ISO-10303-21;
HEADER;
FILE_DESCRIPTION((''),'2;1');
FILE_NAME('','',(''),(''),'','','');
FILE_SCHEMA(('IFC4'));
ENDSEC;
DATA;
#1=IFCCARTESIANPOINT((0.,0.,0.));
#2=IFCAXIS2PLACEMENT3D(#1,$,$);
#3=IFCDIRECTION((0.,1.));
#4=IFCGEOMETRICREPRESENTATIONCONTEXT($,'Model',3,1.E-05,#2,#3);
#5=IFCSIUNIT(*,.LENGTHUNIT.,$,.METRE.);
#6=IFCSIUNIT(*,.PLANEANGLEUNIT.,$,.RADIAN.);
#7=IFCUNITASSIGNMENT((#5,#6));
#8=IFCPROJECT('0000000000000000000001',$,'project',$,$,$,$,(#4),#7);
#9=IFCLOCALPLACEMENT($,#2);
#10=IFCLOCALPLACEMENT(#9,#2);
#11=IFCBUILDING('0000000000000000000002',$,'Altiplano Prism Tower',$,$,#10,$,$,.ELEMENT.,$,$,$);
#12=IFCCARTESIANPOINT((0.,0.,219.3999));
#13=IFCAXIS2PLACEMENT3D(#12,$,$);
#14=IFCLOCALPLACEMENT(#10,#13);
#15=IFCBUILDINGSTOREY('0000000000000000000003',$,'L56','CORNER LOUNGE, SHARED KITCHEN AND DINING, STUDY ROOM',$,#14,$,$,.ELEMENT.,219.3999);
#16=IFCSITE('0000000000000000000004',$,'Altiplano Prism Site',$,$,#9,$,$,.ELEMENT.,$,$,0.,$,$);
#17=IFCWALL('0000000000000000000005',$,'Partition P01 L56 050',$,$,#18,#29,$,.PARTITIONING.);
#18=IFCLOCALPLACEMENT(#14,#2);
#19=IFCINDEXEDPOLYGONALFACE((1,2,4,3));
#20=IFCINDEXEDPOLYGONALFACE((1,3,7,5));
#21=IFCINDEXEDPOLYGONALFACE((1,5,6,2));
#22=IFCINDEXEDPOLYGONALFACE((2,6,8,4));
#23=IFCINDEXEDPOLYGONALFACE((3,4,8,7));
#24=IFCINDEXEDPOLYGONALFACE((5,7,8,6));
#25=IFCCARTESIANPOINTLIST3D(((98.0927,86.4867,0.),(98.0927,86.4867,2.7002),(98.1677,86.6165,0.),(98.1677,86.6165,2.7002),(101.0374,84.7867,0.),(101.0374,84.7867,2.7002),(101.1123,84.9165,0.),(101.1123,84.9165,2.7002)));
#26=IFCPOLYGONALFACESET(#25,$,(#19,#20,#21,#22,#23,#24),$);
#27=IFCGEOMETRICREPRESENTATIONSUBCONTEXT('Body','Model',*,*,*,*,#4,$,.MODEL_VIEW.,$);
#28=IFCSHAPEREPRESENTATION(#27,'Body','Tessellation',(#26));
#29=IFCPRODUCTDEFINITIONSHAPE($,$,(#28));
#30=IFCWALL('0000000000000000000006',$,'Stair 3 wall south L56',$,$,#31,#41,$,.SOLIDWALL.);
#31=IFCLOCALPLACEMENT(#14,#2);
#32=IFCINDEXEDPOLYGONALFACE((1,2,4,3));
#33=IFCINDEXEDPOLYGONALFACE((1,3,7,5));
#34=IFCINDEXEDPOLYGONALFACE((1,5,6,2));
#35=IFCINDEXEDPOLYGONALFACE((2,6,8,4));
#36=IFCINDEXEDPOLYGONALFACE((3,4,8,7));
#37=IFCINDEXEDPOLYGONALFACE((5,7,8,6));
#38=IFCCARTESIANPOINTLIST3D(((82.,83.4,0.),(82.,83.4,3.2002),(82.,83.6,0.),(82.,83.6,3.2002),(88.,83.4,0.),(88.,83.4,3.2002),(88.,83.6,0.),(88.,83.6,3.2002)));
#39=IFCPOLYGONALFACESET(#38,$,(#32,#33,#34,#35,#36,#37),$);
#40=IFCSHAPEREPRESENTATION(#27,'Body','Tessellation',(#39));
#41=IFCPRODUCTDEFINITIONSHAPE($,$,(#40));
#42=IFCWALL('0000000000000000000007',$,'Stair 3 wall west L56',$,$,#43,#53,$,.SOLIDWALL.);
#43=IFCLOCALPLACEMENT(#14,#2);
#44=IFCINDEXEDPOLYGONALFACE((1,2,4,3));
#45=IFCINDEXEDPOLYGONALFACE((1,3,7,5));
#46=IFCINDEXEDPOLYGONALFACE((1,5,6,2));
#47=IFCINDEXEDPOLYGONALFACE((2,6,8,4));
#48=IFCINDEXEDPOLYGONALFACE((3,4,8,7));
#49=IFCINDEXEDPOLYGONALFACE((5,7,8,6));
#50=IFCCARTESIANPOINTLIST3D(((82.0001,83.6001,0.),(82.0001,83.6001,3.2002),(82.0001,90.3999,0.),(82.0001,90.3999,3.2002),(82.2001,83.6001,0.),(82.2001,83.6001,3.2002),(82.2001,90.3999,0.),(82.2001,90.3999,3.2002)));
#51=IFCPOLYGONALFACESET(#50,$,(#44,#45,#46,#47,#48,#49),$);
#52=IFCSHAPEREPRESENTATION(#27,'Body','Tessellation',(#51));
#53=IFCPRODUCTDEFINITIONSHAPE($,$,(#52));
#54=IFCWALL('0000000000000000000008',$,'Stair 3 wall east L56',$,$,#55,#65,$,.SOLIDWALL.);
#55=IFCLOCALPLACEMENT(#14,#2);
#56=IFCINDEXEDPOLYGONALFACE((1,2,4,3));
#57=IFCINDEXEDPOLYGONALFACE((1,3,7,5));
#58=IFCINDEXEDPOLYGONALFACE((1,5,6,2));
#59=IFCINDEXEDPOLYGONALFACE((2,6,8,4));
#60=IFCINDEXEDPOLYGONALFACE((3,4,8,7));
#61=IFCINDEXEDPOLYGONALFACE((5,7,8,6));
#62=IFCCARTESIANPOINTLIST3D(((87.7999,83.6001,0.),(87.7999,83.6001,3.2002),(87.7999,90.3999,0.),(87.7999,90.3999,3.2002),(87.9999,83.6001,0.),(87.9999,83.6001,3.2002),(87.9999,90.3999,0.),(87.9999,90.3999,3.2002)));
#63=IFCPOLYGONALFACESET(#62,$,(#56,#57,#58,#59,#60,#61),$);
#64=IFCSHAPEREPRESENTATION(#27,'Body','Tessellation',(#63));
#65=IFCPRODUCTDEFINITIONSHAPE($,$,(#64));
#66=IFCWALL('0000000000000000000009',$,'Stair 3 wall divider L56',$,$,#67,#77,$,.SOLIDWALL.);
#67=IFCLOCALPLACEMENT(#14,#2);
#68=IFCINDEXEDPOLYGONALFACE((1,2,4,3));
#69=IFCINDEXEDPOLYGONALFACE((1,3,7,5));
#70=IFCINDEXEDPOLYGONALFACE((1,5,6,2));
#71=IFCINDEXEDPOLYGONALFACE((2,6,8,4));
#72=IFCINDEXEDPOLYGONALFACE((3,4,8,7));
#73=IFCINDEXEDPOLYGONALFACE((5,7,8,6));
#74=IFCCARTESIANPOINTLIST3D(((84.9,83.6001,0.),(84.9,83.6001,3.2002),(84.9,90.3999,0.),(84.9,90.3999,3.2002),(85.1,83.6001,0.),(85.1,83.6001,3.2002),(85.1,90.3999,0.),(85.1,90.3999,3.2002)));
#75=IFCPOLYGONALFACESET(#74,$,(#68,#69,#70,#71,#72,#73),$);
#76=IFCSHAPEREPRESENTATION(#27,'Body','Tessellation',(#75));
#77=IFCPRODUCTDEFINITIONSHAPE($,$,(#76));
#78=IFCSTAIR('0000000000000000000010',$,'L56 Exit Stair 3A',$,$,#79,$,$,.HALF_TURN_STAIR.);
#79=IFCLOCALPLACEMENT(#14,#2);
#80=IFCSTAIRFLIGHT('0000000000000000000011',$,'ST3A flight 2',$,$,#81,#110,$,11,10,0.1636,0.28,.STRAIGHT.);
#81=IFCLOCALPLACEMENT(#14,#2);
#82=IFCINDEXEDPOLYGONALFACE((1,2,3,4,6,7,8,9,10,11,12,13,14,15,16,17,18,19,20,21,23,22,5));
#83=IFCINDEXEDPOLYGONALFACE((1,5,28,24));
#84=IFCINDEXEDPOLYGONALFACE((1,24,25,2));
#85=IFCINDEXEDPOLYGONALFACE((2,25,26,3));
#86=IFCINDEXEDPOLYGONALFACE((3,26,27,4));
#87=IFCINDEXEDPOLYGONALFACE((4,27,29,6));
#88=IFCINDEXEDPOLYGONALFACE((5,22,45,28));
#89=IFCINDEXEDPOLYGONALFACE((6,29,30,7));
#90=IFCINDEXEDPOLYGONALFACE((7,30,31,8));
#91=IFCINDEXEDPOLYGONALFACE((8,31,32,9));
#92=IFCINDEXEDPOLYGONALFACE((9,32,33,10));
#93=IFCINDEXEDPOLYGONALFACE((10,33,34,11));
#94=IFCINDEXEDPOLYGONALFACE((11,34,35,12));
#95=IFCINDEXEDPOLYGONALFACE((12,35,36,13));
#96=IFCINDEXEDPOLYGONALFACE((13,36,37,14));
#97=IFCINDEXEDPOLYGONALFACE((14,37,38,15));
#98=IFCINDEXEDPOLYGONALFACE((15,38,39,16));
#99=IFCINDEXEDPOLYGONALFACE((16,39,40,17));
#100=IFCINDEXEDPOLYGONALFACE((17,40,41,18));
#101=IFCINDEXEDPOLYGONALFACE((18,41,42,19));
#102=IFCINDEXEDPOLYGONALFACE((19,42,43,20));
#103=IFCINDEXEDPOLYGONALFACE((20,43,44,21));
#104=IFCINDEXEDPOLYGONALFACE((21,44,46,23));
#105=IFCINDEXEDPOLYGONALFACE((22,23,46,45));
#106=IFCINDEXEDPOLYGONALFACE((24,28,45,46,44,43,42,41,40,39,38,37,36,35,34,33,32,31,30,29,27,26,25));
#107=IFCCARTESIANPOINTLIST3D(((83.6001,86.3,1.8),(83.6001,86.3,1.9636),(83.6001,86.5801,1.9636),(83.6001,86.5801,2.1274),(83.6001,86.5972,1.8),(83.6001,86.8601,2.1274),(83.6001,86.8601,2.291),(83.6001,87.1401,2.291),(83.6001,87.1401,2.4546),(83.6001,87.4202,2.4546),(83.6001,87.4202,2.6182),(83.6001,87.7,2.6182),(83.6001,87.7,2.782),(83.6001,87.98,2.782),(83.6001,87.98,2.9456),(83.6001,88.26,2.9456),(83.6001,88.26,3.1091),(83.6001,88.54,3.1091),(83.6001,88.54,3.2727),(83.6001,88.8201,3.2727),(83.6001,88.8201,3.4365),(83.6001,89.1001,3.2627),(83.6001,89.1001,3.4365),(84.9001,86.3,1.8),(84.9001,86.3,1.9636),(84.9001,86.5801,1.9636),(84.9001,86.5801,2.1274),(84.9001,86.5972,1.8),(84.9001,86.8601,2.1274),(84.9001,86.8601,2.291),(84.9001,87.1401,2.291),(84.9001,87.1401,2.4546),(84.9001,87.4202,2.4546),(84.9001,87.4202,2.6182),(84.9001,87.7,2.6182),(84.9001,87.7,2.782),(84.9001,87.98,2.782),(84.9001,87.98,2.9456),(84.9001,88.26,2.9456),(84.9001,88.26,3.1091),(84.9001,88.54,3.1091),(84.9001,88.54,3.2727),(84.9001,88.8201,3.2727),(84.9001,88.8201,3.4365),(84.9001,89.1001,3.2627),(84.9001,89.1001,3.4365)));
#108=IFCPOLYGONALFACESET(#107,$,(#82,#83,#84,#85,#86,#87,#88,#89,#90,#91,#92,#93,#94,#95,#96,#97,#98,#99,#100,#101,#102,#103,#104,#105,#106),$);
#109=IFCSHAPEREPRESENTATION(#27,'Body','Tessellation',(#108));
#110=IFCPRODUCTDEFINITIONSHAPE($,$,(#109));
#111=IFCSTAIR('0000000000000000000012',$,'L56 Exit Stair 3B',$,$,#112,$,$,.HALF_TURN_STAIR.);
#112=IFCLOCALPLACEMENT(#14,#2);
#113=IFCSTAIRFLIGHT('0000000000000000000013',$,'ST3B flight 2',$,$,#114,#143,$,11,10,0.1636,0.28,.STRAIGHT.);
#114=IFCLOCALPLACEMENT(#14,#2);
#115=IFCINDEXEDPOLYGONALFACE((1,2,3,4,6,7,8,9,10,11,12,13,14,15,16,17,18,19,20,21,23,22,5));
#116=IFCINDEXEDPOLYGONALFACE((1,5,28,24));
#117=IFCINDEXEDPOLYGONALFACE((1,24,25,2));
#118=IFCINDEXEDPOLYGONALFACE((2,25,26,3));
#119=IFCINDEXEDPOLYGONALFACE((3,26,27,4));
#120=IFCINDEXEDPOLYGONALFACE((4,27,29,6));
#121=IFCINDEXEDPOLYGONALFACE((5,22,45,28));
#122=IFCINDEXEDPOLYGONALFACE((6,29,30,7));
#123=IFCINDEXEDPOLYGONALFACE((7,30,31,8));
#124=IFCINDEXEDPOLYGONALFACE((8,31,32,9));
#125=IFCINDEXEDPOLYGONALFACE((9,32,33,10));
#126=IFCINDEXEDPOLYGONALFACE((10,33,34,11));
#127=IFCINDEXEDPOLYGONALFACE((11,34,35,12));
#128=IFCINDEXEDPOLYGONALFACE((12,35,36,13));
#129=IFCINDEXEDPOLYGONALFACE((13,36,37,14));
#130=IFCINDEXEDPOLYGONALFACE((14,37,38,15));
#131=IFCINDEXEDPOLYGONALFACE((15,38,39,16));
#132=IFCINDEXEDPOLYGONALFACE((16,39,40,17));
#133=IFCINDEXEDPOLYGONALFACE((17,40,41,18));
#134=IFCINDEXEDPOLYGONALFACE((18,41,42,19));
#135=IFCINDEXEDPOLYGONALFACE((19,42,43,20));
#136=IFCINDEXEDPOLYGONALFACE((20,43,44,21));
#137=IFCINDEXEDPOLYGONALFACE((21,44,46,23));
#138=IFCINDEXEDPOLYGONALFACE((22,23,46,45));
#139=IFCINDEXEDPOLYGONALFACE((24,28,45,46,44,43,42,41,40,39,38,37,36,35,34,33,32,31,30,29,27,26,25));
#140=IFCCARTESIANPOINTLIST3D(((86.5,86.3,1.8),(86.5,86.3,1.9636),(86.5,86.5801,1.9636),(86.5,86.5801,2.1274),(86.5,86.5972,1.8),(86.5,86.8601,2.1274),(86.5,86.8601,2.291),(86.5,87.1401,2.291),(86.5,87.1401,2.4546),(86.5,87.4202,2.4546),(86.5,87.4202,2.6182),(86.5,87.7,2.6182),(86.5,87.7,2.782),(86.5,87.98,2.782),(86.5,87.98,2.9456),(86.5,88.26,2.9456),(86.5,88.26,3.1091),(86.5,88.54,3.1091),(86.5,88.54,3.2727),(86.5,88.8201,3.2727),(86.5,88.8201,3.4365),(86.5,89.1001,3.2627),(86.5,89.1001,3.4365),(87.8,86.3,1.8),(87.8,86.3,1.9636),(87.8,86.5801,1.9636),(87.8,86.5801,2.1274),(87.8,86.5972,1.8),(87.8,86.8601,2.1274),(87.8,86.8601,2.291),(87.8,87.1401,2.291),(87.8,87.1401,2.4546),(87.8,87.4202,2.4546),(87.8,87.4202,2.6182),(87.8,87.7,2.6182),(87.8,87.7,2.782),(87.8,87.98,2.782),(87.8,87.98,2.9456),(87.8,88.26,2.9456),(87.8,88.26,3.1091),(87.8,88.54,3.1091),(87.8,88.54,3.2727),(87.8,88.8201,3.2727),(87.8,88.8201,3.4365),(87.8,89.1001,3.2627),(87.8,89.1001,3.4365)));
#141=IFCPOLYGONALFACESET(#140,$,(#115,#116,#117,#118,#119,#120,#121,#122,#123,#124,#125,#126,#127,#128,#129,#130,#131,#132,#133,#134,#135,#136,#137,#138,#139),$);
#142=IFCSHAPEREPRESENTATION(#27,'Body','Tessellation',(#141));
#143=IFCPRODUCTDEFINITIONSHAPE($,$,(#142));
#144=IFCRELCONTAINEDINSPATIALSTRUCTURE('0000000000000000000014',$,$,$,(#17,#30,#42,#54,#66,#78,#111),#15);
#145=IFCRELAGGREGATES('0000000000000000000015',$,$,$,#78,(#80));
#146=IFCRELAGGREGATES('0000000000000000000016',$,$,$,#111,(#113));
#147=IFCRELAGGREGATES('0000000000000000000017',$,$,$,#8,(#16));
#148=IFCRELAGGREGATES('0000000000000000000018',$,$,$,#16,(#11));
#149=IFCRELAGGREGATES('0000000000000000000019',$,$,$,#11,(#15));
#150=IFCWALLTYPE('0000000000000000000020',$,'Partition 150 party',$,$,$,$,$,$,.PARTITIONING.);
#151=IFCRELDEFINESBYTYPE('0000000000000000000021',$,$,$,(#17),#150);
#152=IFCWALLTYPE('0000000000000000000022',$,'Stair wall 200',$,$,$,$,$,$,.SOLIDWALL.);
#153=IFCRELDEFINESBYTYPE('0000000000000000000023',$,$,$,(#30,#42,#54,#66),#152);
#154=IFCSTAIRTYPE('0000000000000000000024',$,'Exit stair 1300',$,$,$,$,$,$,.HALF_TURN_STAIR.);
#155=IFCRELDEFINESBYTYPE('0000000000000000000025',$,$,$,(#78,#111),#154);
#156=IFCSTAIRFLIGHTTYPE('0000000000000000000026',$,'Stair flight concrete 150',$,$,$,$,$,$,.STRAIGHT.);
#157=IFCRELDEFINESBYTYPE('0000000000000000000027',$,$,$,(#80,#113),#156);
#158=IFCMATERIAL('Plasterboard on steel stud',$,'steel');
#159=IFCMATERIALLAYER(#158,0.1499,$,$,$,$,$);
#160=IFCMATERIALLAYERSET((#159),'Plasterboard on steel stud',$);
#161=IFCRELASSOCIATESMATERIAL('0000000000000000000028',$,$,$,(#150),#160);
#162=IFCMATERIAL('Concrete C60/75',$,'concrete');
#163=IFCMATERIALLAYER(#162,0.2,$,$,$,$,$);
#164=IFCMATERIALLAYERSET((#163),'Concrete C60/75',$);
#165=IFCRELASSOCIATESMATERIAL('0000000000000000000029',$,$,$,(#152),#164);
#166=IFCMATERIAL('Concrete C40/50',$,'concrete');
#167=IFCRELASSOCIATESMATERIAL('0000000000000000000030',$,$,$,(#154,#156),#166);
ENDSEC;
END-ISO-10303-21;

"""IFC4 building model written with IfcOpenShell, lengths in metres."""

from ifc_helpers import new_model, si_unit, direction, frame, frame_2d, origin, place, context, subcontext, project, spatial, polyline, rectangle, outline, extrude, material, layer, layer_set, type_object, element, aggregate, save


model = new_model("IFC4")

# Units and contexts
model_context = context("Model", 3, precision=1e-05, world=origin(), true_north=direction((0.0, 1.0)))
body_context = subcontext(model_context, "Body", "Model", "MODEL_VIEW")
ifc_project = project(units=[si_unit("LENGTHUNIT", "METRE"), si_unit("PLANEANGLEUNIT", "RADIAN")], contexts=[model_context])

# Site, building, storey
site_placement = place(None, origin())
site = spatial("IfcSite", under=ifc_project, at=site_placement, Name="Altiplano Prism Site", CompositionType="ELEMENT", RefElevation=0.0)
building_placement = place(site_placement, origin())
building = spatial("IfcBuilding", under=site, at=building_placement, Name="Altiplano Prism Tower", CompositionType="ELEMENT")
storey_placement = place(building_placement, frame((0.0, 0.0, 219.3999)))
storey = spatial("IfcBuildingStorey", under=building, at=storey_placement, Name="L56", Description="CORNER LOUNGE, SHARED KITCHEN AND DINING, STUDY ROOM", CompositionType="ELEMENT", Elevation=219.3999)

# Shared definitions
ifc_material_1 = material(Name="Concrete C60/75", Category="concrete")

# Shared definitions
ifc_material_2 = material(Name="Plasterboard on steel stud", Category="steel")

# Walls
ifc_layer_1 = layer(ifc_material_2, 0.1499)
ifc_layer_set_1 = layer_set([ifc_layer_1], Name="Plasterboard on steel stud")
wall_type_1 = type_object("IfcWallType", Name="Partition 150 party", PredefinedType="PARTITIONING", material=ifc_layer_set_1)
wall_1_placement = place(storey_placement, frame((101.075, 84.8516, 0.0), z_axis=(0.0, 0.0, 1.0), x_axis=(-0.866039, 0.499977, 0.0)))
element("IfcWall", 1, at=wall_1_placement, inside=storey, type_object=wall_type_1, Name="Partition P01 L56 050", PredefinedType="PARTITIONING", context=body_context, shape_type="SweptSolid", body=[
    extrude(rectangle(XDim=3.4001, YDim=0.1499, at=frame_2d((1.7002, 0.0))), origin(), (0.0, 0.0, 1.0), 2.7002),
])
ifc_layer_2 = layer(ifc_material_1, 0.2)
ifc_layer_set_2 = layer_set([ifc_layer_2], Name="Concrete C60/75")
wall_type_2 = type_object("IfcWallType", Name="Stair wall 200", PredefinedType="SOLIDWALL", material=ifc_layer_set_2)
wall_2_placement = place(storey_placement, frame((82.0, 83.5, 0.0), z_axis=(0.0, 0.0, 1.0), x_axis=(1.0, 0.0, 0.0)))
element("IfcWall", 2, at=wall_2_placement, inside=storey, type_object=wall_type_2, Name="Stair 3 wall south L56", PredefinedType="SOLIDWALL", context=body_context, shape_type="SweptSolid", body=[
    extrude(rectangle(XDim=6.0, YDim=0.2, at=frame_2d((3.0, 0.0))), origin(), (0.0, 0.0, 1.0), 3.2002),
])
for number, where, z_axis, x_axis, name in (
    (3, (82.1001, 83.6001, 0.0), (0.0, 0.0, 1.0), (0.0, 1.0, 0.0), "Stair 3 wall west L56"),
    (4, (87.8999, 83.6001, 0.0), (0.0, 0.0, 1.0), (0.0, 1.0, 0.0), "Stair 3 wall east L56"),
    (5, (85.0, 83.6001, 0.0), (0.0, 0.0, 1.0), (0.0, 1.0, 0.0), "Stair 3 wall divider L56"),
):
    element("IfcWall", number, at=place(storey_placement, frame(where, z_axis=z_axis, x_axis=x_axis)), inside=storey, type_object=wall_type_2, Name=name, PredefinedType="SOLIDWALL", context=body_context, shape_type="SweptSolid", body=[
        extrude(rectangle(XDim=6.7998, YDim=0.2, at=frame_2d((3.3999, 0.0))), origin(), (0.0, 0.0, 1.0), 3.2002),
    ])

# Stairs, stair flights
ifc_material_3 = material(Name="Concrete C40/50", Category="concrete")
stair_type = type_object("IfcStairType", Name="Exit stair 1300", PredefinedType="HALF_TURN_STAIR", material=ifc_material_3)
stair_1_placement = place(storey_placement, origin())
stair_1 = element("IfcStair", 6, at=stair_1_placement, inside=storey, type_object=stair_type, Name="L56 Exit Stair 3A", PredefinedType="HALF_TURN_STAIR")
stair_flight_type = type_object("IfcStairFlightType", Name="Stair flight concrete 150", PredefinedType="STRAIGHT", material=ifc_material_3)
stair_flight_1_placement = place(storey_placement, frame((84.25, 86.3, 1.8), z_axis=(0.0, 0.0, 1.0), x_axis=(0.0, 1.0, 0.0)))
stair_flight_1 = element("IfcStairFlight", 7, at=stair_flight_1_placement, type_object=stair_flight_type, Name="ST3A flight 2", NumberOfRisers=11, NumberOfTreads=10, PredefinedType="STRAIGHT", RiserHeight=0.1636, TreadLength=0.28, context=body_context, shape_type="SweptSolid", body=[
    extrude(outline(polyline([(0.0, 0.0), (0.0, 0.1636), (0.28, 0.1636), (0.28, 0.3274), (0.5601, 0.3274), (0.5601, 0.491), (0.8401, 0.491), (0.8401, 0.6545), (1.1201, 0.6545), (1.1201, 0.8181), (1.3999, 0.8181), (1.3999, 0.9819), (1.6799, 0.9819), (1.6799, 1.1455), (1.96, 1.1455), (1.96, 1.3091), (2.24, 1.3091), (2.24, 1.4727), (2.52, 1.4727), (2.52, 1.6365), (2.8, 1.6365), (2.8, 1.8), (2.8, 1.4626), (0.2971, 0.0), (0.0, 0.0)])), frame((0.0, 0.6499, 0.0), z_axis=(0.0, -1.0, 0.0), x_axis=(1.0, 0.0, 0.0)), (0.0, 0.0, 1.0), 1.3),
])
aggregate(stair_1, [stair_flight_1])
stair_2_placement = place(storey_placement, origin())
stair_2 = element("IfcStair", 8, at=stair_2_placement, inside=storey, type_object=stair_type, Name="L56 Exit Stair 3B", PredefinedType="HALF_TURN_STAIR")
stair_flight_2_placement = place(storey_placement, frame((87.1499, 86.3, 1.8), z_axis=(0.0, 0.0, 1.0), x_axis=(0.0, 1.0, 0.0)))
stair_flight_2 = element("IfcStairFlight", 9, at=stair_flight_2_placement, type_object=stair_flight_type, Name="ST3B flight 2", NumberOfRisers=11, NumberOfTreads=10, PredefinedType="STRAIGHT", RiserHeight=0.1636, TreadLength=0.28, context=body_context, shape_type="SweptSolid", body=[
    extrude(outline(polyline([(0.0, 0.0), (0.0, 0.1636), (0.28, 0.1636), (0.28, 0.3274), (0.5601, 0.3274), (0.5601, 0.491), (0.8401, 0.491), (0.8401, 0.6545), (1.1201, 0.6545), (1.1201, 0.8181), (1.3999, 0.8181), (1.3999, 0.9819), (1.6799, 0.9819), (1.6799, 1.1455), (1.96, 1.1455), (1.96, 1.3091), (2.24, 1.3091), (2.24, 1.4727), (2.52, 1.4727), (2.52, 1.6365), (2.8, 1.6365), (2.8, 1.8), (2.8, 1.4626), (0.2971, 0.0), (0.0, 0.0)])), frame((0.0, 0.6499, 0.0), z_axis=(0.0, -1.0, 0.0), x_axis=(1.0, 0.0, 0.0)), (0.0, 0.0, 1.0), 1.3),
])
aggregate(stair_2, [stair_flight_2])

save(model, "model.ifc")
